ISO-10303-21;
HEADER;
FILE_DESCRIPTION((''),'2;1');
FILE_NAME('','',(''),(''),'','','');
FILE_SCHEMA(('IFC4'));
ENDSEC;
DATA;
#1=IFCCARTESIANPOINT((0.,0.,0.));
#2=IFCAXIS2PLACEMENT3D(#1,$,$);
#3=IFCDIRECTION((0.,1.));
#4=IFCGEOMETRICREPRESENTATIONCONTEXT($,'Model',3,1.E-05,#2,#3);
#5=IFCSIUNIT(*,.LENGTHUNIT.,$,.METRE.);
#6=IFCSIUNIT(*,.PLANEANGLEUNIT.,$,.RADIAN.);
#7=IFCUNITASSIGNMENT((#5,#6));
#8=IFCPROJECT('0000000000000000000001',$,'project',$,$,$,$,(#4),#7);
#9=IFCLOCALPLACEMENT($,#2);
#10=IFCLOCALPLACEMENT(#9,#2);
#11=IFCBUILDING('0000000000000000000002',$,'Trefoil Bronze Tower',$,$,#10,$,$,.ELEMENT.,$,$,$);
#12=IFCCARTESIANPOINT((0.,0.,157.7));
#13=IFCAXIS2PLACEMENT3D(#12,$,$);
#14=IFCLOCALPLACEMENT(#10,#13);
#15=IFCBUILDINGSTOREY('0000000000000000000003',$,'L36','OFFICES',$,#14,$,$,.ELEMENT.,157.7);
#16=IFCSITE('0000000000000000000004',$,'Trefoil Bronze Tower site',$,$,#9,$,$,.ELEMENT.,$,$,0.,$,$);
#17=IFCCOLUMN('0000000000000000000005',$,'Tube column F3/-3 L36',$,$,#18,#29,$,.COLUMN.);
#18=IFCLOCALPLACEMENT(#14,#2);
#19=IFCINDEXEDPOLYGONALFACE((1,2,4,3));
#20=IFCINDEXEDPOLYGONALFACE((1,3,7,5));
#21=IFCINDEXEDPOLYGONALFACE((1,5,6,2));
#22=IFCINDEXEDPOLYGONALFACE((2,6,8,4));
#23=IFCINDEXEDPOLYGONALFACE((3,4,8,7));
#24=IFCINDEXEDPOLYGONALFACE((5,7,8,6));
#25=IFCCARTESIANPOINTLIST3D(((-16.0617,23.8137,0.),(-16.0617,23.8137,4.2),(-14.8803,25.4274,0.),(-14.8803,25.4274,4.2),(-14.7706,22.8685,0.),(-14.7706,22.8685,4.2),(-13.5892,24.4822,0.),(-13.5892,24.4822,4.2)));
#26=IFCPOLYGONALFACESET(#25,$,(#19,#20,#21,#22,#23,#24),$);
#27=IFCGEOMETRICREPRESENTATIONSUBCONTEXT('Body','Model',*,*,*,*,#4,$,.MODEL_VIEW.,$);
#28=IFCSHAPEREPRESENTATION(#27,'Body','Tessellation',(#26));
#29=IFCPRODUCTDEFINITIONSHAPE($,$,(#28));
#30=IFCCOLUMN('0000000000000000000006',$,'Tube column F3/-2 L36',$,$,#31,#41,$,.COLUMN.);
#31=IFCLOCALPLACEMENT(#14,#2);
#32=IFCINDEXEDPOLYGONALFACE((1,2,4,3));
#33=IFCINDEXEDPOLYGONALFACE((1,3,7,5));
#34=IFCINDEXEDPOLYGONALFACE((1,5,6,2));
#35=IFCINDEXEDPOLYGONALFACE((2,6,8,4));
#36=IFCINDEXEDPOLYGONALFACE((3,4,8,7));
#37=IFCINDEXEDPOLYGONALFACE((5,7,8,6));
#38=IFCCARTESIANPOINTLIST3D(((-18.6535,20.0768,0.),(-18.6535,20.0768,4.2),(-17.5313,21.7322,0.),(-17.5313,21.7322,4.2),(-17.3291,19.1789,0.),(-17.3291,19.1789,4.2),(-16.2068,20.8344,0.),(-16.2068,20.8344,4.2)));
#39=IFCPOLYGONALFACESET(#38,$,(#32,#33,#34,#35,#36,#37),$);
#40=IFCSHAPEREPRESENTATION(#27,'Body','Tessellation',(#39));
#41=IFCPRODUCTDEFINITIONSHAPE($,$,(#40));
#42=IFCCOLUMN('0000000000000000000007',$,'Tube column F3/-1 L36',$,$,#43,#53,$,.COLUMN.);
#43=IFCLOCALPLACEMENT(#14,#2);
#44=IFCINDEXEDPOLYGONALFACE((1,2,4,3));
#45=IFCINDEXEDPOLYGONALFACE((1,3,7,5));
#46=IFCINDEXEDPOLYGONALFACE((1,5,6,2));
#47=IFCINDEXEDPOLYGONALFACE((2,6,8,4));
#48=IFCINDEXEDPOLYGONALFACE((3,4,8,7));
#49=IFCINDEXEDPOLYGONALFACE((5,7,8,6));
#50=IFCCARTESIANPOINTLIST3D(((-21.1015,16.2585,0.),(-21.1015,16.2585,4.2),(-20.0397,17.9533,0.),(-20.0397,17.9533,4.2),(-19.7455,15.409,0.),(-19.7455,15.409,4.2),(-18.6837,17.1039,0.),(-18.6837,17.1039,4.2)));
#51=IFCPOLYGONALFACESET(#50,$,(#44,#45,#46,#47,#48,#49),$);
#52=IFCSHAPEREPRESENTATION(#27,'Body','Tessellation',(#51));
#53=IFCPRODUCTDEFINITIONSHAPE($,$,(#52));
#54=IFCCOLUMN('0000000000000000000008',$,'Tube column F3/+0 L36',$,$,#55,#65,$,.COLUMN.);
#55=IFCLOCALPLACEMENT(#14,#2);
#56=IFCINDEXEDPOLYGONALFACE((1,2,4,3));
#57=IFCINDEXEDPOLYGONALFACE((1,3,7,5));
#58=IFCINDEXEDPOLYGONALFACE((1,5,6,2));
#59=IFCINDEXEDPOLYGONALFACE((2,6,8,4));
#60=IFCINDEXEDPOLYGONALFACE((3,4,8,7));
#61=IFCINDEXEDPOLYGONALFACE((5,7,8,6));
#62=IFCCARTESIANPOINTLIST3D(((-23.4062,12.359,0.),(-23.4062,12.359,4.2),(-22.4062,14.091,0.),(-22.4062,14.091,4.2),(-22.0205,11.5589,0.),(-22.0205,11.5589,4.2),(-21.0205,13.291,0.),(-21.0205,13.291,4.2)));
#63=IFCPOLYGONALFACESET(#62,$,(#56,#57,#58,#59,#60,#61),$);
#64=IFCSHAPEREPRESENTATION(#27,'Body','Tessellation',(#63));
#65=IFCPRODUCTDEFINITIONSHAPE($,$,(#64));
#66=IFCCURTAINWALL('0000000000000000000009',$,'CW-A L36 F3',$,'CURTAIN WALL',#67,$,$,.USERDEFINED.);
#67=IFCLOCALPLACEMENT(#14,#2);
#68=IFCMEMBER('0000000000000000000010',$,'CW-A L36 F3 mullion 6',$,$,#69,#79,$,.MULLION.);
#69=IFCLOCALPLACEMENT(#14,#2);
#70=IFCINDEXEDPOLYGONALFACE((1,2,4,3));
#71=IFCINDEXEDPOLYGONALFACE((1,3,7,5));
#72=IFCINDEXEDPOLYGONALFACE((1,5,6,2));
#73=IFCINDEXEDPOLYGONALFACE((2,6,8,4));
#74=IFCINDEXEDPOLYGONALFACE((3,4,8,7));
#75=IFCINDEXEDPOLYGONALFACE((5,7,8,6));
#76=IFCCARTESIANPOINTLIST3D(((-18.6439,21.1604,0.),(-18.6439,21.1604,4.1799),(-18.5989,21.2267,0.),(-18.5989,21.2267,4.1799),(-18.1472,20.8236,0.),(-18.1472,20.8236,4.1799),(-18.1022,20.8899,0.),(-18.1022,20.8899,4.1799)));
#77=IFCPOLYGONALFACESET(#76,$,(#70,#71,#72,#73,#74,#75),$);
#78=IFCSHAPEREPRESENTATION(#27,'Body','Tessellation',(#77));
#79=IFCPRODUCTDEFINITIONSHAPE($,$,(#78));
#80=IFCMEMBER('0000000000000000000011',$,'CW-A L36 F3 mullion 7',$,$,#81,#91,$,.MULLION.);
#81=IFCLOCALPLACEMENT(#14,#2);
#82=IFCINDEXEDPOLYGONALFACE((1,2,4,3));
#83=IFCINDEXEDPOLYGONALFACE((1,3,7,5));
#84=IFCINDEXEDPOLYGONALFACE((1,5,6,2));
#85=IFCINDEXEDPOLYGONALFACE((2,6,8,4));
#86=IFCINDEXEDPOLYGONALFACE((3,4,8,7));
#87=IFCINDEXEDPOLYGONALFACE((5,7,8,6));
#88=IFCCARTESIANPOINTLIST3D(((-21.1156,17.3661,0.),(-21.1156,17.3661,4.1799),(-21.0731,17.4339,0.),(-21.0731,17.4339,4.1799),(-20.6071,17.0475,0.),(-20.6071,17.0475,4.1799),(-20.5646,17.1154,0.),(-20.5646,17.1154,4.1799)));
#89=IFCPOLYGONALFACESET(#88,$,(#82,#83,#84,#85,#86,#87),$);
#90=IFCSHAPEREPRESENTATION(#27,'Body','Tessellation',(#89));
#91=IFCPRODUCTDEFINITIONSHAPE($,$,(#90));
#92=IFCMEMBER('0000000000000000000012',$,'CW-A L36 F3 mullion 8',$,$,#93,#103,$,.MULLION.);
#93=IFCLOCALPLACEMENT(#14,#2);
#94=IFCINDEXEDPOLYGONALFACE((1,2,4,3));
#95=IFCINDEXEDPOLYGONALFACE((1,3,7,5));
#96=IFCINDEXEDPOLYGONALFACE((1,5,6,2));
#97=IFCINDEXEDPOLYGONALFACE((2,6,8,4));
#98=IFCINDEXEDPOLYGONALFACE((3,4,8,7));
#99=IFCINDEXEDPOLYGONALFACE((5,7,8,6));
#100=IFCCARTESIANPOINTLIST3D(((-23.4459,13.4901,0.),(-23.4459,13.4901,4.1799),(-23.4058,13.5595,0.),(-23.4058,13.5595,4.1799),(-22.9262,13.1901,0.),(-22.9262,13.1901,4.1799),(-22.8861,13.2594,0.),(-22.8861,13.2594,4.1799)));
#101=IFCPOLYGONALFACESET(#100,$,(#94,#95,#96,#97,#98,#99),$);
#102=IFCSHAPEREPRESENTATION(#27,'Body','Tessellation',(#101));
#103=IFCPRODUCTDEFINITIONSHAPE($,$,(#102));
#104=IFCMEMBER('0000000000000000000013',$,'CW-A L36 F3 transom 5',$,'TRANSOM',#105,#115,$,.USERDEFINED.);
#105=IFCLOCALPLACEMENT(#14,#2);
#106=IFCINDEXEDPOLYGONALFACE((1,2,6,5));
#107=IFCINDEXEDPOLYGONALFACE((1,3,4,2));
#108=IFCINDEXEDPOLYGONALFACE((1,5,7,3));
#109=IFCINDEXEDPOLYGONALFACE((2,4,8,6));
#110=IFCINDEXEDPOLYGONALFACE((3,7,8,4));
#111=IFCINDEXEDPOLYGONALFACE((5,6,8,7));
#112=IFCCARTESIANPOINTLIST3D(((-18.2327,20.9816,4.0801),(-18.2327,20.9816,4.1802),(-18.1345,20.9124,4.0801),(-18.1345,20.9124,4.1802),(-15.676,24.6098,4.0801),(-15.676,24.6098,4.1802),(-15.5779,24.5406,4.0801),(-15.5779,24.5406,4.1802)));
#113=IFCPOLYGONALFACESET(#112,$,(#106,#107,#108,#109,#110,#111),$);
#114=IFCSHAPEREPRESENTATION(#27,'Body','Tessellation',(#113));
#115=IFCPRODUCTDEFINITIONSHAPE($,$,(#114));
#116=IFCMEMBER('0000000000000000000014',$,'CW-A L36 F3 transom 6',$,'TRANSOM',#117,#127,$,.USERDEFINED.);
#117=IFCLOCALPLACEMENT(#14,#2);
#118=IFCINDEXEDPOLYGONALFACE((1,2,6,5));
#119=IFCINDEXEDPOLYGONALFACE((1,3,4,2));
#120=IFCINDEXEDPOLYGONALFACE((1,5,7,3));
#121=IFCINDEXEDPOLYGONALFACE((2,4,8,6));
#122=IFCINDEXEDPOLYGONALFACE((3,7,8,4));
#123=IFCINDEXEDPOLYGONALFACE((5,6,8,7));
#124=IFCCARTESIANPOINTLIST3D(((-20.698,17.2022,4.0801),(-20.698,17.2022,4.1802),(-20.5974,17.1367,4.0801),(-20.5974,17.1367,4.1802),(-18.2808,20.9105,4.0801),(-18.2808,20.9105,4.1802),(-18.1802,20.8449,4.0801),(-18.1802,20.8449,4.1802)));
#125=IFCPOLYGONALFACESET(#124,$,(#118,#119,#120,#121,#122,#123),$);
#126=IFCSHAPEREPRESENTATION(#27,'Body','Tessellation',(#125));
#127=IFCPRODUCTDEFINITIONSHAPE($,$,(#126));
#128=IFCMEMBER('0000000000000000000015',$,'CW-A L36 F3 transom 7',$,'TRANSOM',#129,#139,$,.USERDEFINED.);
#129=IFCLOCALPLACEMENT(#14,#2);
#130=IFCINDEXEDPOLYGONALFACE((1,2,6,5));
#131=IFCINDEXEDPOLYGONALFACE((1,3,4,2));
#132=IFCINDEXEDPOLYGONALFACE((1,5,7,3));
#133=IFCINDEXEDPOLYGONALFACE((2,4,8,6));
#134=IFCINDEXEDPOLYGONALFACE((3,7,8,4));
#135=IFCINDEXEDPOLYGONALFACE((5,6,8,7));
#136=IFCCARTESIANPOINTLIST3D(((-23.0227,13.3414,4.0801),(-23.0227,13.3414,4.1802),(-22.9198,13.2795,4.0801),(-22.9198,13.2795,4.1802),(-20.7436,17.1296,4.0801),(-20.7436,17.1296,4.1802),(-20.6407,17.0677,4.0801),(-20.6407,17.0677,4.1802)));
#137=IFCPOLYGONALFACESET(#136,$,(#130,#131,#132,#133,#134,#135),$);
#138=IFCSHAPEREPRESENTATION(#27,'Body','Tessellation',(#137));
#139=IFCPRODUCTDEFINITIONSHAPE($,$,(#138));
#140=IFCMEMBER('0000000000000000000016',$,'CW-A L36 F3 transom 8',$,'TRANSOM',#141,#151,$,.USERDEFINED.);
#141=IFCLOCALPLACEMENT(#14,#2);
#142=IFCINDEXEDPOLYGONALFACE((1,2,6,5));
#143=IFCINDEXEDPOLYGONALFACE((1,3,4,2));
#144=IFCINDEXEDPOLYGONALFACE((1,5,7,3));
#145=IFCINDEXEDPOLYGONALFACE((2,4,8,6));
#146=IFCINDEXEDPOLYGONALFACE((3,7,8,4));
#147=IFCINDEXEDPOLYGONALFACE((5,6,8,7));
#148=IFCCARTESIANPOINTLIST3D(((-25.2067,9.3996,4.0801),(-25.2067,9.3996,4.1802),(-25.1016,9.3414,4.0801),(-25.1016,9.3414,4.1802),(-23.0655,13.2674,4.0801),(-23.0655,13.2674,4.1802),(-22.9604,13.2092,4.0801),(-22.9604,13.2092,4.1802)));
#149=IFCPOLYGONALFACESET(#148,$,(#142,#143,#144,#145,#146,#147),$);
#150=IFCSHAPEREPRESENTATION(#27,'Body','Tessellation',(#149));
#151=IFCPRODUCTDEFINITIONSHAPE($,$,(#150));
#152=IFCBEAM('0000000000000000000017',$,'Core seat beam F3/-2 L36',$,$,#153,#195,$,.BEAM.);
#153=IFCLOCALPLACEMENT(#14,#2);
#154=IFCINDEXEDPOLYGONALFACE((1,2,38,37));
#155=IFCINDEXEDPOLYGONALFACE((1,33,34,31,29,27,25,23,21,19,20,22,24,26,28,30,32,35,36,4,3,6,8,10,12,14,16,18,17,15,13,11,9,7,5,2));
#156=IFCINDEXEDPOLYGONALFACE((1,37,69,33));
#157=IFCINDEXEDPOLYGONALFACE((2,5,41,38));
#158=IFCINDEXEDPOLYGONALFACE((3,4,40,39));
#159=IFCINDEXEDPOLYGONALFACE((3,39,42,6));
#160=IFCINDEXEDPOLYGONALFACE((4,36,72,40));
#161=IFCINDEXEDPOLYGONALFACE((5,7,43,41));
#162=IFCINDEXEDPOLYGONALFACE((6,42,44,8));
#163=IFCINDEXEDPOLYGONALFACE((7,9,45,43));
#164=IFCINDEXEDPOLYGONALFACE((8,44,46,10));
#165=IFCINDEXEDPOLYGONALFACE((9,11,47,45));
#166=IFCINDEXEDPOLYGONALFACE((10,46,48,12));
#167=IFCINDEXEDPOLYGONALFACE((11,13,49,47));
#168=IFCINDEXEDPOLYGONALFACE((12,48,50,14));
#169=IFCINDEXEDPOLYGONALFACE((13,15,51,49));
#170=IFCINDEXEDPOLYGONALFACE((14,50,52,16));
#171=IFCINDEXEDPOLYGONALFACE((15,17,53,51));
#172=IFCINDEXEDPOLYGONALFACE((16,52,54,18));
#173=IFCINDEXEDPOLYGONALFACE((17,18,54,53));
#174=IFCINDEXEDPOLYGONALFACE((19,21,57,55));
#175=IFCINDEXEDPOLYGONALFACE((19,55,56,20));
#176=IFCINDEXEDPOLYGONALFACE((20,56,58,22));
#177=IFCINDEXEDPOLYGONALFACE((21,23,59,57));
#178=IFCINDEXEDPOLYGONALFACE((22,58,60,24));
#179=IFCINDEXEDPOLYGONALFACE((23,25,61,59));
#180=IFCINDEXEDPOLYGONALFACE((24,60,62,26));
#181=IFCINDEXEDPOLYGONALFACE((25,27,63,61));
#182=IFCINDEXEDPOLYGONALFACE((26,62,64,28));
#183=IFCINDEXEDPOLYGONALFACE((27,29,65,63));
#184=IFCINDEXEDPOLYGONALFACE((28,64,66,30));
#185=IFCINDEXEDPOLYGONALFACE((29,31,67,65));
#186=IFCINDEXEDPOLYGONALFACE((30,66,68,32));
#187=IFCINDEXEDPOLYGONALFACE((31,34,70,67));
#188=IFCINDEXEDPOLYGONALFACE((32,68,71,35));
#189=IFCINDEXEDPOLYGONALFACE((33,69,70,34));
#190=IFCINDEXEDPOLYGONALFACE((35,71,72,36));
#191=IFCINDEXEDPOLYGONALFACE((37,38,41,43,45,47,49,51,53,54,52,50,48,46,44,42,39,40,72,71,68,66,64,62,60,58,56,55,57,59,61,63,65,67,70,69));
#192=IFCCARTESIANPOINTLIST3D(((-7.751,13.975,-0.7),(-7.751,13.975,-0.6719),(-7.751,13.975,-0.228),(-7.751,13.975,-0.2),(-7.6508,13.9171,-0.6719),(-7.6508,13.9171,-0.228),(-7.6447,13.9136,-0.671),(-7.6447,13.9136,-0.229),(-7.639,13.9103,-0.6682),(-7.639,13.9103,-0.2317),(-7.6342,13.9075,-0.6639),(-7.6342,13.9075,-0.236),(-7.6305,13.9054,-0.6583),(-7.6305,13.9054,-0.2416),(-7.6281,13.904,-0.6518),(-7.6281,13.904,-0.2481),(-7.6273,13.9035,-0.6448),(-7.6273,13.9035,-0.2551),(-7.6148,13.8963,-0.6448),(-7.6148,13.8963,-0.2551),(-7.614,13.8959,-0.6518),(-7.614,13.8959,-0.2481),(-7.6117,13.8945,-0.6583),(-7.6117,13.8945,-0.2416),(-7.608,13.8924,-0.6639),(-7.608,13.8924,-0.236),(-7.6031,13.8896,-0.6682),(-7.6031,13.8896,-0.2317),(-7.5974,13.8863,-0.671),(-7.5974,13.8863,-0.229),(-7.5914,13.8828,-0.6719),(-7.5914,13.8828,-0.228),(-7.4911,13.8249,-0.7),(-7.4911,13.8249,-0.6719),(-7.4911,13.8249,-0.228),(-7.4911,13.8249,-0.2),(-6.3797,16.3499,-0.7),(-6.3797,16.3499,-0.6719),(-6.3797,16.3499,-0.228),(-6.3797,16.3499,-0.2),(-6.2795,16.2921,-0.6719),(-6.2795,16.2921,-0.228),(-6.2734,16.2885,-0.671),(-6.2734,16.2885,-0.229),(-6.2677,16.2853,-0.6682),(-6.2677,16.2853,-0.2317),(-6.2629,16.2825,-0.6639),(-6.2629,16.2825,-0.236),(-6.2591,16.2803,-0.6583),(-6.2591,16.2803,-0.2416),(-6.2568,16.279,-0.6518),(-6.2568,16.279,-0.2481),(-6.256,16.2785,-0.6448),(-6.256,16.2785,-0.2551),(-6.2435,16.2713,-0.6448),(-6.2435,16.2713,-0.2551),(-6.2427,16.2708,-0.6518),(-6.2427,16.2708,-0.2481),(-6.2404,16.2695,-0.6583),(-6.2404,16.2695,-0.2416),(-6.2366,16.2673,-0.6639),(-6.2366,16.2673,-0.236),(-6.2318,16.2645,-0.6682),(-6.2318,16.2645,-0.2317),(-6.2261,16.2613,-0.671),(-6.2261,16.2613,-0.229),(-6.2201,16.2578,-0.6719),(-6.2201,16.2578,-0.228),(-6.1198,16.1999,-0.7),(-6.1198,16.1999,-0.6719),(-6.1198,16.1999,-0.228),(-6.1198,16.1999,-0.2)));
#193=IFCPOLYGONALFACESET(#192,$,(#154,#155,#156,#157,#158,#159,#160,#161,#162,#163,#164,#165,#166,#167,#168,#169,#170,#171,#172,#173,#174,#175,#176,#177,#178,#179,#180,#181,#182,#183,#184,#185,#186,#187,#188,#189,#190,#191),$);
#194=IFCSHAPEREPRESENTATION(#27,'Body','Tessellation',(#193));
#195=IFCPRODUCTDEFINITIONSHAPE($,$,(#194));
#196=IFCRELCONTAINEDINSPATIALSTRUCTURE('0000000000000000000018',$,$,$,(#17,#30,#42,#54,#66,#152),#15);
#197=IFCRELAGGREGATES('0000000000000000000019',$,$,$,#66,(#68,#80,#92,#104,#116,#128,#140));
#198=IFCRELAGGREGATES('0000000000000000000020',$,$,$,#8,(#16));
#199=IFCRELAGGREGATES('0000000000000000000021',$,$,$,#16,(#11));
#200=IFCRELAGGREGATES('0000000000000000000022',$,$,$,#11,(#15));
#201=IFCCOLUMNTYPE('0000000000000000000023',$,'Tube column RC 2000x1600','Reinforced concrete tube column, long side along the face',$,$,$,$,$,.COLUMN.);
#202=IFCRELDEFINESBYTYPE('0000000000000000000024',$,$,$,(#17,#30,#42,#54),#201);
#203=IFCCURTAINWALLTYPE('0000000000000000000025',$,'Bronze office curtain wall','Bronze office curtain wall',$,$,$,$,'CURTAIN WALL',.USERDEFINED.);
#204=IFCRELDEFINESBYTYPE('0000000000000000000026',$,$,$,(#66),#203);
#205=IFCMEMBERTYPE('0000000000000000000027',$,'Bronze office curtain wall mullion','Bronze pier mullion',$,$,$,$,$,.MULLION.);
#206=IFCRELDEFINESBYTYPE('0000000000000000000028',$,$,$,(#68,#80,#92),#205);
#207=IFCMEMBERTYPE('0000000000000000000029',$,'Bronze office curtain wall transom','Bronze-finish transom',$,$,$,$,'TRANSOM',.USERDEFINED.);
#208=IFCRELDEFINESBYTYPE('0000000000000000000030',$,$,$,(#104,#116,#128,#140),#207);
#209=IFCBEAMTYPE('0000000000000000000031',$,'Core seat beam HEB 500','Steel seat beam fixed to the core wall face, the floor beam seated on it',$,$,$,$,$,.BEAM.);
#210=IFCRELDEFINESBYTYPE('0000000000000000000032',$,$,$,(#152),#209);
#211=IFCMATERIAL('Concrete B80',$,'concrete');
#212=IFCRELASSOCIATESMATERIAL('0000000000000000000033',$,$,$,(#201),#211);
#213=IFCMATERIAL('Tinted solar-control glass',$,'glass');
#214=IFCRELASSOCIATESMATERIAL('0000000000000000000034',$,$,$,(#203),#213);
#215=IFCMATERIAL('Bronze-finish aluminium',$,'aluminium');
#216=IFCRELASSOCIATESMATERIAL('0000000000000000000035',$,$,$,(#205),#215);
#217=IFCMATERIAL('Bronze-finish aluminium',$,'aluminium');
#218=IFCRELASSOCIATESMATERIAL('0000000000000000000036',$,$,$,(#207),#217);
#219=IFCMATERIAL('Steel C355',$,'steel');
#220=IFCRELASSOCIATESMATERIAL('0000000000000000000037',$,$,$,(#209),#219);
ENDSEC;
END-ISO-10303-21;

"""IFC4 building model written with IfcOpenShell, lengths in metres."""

from ifc_helpers import new_model, si_unit, direction, frame, origin, origin_2d, place, context, subcontext, project, spatial, rectangle, i_section, extrude, material, material_profile, profile_set, type_object, element, aggregate, save


model = new_model("IFC4")

# Units and contexts
model_context = context("Model", 3, precision=1e-05, world=origin(), true_north=direction((0.0, 1.0)))
body_context = subcontext(model_context, "Body", "Model", "MODEL_VIEW")
ifc_project = project(units=[si_unit("LENGTHUNIT", "METRE"), si_unit("PLANEANGLEUNIT", "RADIAN")], contexts=[model_context])

# Site, building, storey
site_placement = place(None, origin())
site = spatial("IfcSite", under=ifc_project, at=site_placement, Name="Trefoil Bronze Tower site", CompositionType="ELEMENT", RefElevation=0.0)
building_placement = place(site_placement, origin())
building = spatial("IfcBuilding", under=site, at=building_placement, Name="Trefoil Bronze Tower", CompositionType="ELEMENT")
storey_placement = place(building_placement, frame((0.0, 0.0, 157.7)))
storey = spatial("IfcBuildingStorey", under=building, at=storey_placement, Name="L36", Description="OFFICES", CompositionType="ELEMENT", Elevation=157.7)

# Columns
ifc_material_1 = material(Name="Concrete B80", Category="concrete")
ifc_material_profile_1 = material_profile(ifc_material_1, rectangle(XDim=2.0, YDim=1.6001, at=origin_2d()), Name="RC 2000x1600")
ifc_profile_set_1 = profile_set([ifc_material_profile_1], Name="Concrete B80")
column_type = type_object("IfcColumnType", Name="Tube column RC 2000x1600", Description="Reinforced concrete tube column, long side along the face", PredefinedType="COLUMN", material=ifc_profile_set_1)
for number, where, z_axis, x_axis, name in (
    (1, (-14.8254, 24.1479, 0.0), (0.0, 0.0, 1.0), (-0.590723, -0.806875, 0.0), "Tube column F3/-3 L36"),
    (2, (-17.4302, 20.4556, 0.0), (0.0, 0.0, 1.0), (-0.561136, -0.827724, 0.0), "Tube column F3/-2 L36"),
    (3, (-19.8926, 16.6812, 0.0), (0.0, 0.0, 1.0), (-0.530893, -0.847439, 0.0), "Tube column F3/-1 L36"),
    (4, (-22.2134, 12.825, 0.0), (0.0, 0.0, 1.0), (-0.5, -0.866025, 0.0), "Tube column F3/+0 L36"),
):
    element("IfcColumn", number, at=place(storey_placement, frame(where, z_axis=z_axis, x_axis=x_axis)), inside=storey, type_object=column_type, Name=name, PredefinedType="COLUMN", context=body_context, shape_type="SweptSolid", body=[
        extrude(rectangle(XDim=2.0, YDim=1.6001, at=origin_2d()), origin(), (0.0, 0.0, 1.0), 4.2),
    ])

# Curtain wall, members
ifc_material_2 = material(Name="Tinted solar-control glass", Category="glass")
curtain_wall_type = type_object("IfcCurtainWallType", Name="Bronze office curtain wall", Description="Bronze office curtain wall", ElementType="CURTAIN WALL", PredefinedType="USERDEFINED", material=ifc_material_2)
curtain_wall_placement = place(storey_placement, origin())
curtain_wall = element("IfcCurtainWall", 5, at=curtain_wall_placement, inside=storey, type_object=curtain_wall_type, Name="CW-A L36 F3", ObjectType="CURTAIN WALL", PredefinedType="USERDEFINED")
ifc_material_3 = material(Name="Bronze-finish aluminium", Category="aluminium")
ifc_material_profile_2 = material_profile(ifc_material_3, rectangle(XDim=0.6001, YDim=0.0801, at=origin_2d()), Name="CW-A mullion")
ifc_profile_set_2 = profile_set([ifc_material_profile_2], Name="Bronze-finish aluminium")
member_type_1 = type_object("IfcMemberType", Name="Bronze office curtain wall mullion", Description="Bronze pier mullion", PredefinedType="MULLION", material=ifc_profile_set_2)
member_1_placement = place(storey_placement, frame((-18.373, 21.0251, 0.0), z_axis=(0.0, 0.0, 1.0), x_axis=(0.827724, -0.561136, 0.0)))
member_1 = element("IfcMember", 6, at=member_1_placement, type_object=member_type_1, Name="CW-A L36 F3 mullion 6", PredefinedType="MULLION", context=body_context, shape_type="SweptSolid", body=[
    extrude(rectangle(XDim=0.6001, YDim=0.0801, at=origin_2d()), origin(), (0.0, 0.0, 1.0), 4.1799),
])
member_2_placement = place(storey_placement, frame((-20.8401, 17.2407, 0.0), z_axis=(0.0, 0.0, 1.0), x_axis=(0.847439, -0.530893, 0.0)))
member_2 = element("IfcMember", 7, at=member_2_placement, type_object=member_type_1, Name="CW-A L36 F3 mullion 7", PredefinedType="MULLION", context=body_context, shape_type="SweptSolid", body=[
    extrude(rectangle(XDim=0.6001, YDim=0.0801, at=origin_2d()), origin(), (0.0, 0.0, 1.0), 4.1799),
])
member_3_placement = place(storey_placement, frame((-23.166, 13.3748, 0.0), z_axis=(0.0, 0.0, 1.0), x_axis=(0.866025, -0.5, 0.0)))
member_3 = element("IfcMember", 8, at=member_3_placement, type_object=member_type_1, Name="CW-A L36 F3 mullion 8", PredefinedType="MULLION", context=body_context, shape_type="SweptSolid", body=[
    extrude(rectangle(XDim=0.6001, YDim=0.0801, at=origin_2d()), origin(), (0.0, 0.0, 1.0), 4.1799),
])
ifc_material_4 = material(Name="Bronze-finish aluminium", Category="aluminium")
ifc_material_profile_3 = material_profile(ifc_material_4, rectangle(XDim=0.1201, YDim=0.1001, at=origin_2d()), Name="CW-A transom")
ifc_profile_set_3 = profile_set([ifc_material_profile_3], Name="Bronze-finish aluminium")
member_type_2 = type_object("IfcMemberType", Name="Bronze office curtain wall transom", Description="Bronze-finish transom", ElementType="TRANSOM", PredefinedType="USERDEFINED", material=ifc_profile_set_3)
member_4_placement = place(storey_placement, frame((-15.627, 24.5752, 4.1301), z_axis=(-0.576018, -0.817437, 0.0), x_axis=(0.817437, -0.576018, 0.0)))
member_4 = element("IfcMember", 9, at=member_4_placement, type_object=member_type_2, Name="CW-A L36 F3 transom 5", ObjectType="TRANSOM", PredefinedType="USERDEFINED", context=body_context, shape_type="SweptSolid", body=[
    extrude(rectangle(XDim=0.1201, YDim=0.1001, at=origin_2d()), origin(), (0.0, 0.0, 1.0), 4.4385),
])
member_5_placement = place(storey_placement, frame((-18.2305, 20.8777, 4.1301), z_axis=(-0.546079, -0.837733, 0.0), x_axis=(0.837733, -0.546079, 0.0)))
member_5 = element("IfcMember", 10, at=member_5_placement, type_object=member_type_2, Name="CW-A L36 F3 transom 6", ObjectType="TRANSOM", PredefinedType="USERDEFINED", context=body_context, shape_type="SweptSolid", body=[
    extrude(rectangle(XDim=0.1201, YDim=0.1001, at=origin_2d()), origin(), (0.0, 0.0, 1.0), 4.4265),
])
member_6_placement = place(storey_placement, frame((-20.6921, 17.0986, 4.1301), z_axis=(-0.515527, -0.856873, 0.0), x_axis=(0.856873, -0.515527, 0.0)))
member_6 = element("IfcMember", 11, at=member_6_placement, type_object=member_type_2, Name="CW-A L36 F3 transom 7", ObjectType="TRANSOM", PredefinedType="USERDEFINED", context=body_context, shape_type="SweptSolid", body=[
    extrude(rectangle(XDim=0.1201, YDim=0.1001, at=origin_2d()), origin(), (0.0, 0.0, 1.0), 4.4209),
])
member_7_placement = place(storey_placement, frame((-23.0129, 13.2383, 4.1301), z_axis=(-0.484329, -0.874886, 0.0), x_axis=(0.874886, -0.484329, 0.0)))
member_7 = element("IfcMember", 12, at=member_7_placement, type_object=member_type_2, Name="CW-A L36 F3 transom 8", ObjectType="TRANSOM", PredefinedType="USERDEFINED", context=body_context, shape_type="SweptSolid", body=[
    extrude(rectangle(XDim=0.1201, YDim=0.1001, at=origin_2d()), origin(), (0.0, 0.0, 1.0), 4.4209),
])

# Beam
ifc_material_5 = material(Name="Steel C355", Category="steel")
ifc_material_profile_4 = material_profile(ifc_material_5, i_section(OverallWidth=0.3, OverallDepth=0.5, WebThickness=0.0144, FlangeThickness=0.0281, FilletRadius=0.0271, at=origin_2d()), Name="HEB 500")
ifc_profile_set_4 = profile_set([ifc_material_profile_4], Name="Steel C355")
beam_type_1 = type_object("IfcBeamType", Name="Core seat beam HEB 500", Description="Steel seat beam fixed to the core wall face, the floor beam seated on it", PredefinedType="BEAM", material=ifc_profile_set_4)
for number, where, z_axis, x_axis, name in (
    (13, (-6.2498, 16.2749, -0.45), (-0.500036, -0.866005, 0.0), (0.866005, -0.500036, 0.0), "Core seat beam F3/-2 L36"),
):
    element("IfcBeam", number, at=place(storey_placement, frame(where, z_axis=z_axis, x_axis=x_axis)), inside=storey, type_object=beam_type_1, Name=name, PredefinedType="BEAM", context=body_context, shape_type="SweptSolid", body=[
        extrude(i_section(OverallWidth=0.3, OverallDepth=0.5, WebThickness=0.0144, FlangeThickness=0.0281, FilletRadius=0.0271, at=origin_2d()), origin(), (0.0, 0.0, 1.0), 2.7424),
    ])

aggregate(curtain_wall, [member_1, member_2, member_3, member_4, member_5, member_6, member_7])

save(model, "model.ifc")
